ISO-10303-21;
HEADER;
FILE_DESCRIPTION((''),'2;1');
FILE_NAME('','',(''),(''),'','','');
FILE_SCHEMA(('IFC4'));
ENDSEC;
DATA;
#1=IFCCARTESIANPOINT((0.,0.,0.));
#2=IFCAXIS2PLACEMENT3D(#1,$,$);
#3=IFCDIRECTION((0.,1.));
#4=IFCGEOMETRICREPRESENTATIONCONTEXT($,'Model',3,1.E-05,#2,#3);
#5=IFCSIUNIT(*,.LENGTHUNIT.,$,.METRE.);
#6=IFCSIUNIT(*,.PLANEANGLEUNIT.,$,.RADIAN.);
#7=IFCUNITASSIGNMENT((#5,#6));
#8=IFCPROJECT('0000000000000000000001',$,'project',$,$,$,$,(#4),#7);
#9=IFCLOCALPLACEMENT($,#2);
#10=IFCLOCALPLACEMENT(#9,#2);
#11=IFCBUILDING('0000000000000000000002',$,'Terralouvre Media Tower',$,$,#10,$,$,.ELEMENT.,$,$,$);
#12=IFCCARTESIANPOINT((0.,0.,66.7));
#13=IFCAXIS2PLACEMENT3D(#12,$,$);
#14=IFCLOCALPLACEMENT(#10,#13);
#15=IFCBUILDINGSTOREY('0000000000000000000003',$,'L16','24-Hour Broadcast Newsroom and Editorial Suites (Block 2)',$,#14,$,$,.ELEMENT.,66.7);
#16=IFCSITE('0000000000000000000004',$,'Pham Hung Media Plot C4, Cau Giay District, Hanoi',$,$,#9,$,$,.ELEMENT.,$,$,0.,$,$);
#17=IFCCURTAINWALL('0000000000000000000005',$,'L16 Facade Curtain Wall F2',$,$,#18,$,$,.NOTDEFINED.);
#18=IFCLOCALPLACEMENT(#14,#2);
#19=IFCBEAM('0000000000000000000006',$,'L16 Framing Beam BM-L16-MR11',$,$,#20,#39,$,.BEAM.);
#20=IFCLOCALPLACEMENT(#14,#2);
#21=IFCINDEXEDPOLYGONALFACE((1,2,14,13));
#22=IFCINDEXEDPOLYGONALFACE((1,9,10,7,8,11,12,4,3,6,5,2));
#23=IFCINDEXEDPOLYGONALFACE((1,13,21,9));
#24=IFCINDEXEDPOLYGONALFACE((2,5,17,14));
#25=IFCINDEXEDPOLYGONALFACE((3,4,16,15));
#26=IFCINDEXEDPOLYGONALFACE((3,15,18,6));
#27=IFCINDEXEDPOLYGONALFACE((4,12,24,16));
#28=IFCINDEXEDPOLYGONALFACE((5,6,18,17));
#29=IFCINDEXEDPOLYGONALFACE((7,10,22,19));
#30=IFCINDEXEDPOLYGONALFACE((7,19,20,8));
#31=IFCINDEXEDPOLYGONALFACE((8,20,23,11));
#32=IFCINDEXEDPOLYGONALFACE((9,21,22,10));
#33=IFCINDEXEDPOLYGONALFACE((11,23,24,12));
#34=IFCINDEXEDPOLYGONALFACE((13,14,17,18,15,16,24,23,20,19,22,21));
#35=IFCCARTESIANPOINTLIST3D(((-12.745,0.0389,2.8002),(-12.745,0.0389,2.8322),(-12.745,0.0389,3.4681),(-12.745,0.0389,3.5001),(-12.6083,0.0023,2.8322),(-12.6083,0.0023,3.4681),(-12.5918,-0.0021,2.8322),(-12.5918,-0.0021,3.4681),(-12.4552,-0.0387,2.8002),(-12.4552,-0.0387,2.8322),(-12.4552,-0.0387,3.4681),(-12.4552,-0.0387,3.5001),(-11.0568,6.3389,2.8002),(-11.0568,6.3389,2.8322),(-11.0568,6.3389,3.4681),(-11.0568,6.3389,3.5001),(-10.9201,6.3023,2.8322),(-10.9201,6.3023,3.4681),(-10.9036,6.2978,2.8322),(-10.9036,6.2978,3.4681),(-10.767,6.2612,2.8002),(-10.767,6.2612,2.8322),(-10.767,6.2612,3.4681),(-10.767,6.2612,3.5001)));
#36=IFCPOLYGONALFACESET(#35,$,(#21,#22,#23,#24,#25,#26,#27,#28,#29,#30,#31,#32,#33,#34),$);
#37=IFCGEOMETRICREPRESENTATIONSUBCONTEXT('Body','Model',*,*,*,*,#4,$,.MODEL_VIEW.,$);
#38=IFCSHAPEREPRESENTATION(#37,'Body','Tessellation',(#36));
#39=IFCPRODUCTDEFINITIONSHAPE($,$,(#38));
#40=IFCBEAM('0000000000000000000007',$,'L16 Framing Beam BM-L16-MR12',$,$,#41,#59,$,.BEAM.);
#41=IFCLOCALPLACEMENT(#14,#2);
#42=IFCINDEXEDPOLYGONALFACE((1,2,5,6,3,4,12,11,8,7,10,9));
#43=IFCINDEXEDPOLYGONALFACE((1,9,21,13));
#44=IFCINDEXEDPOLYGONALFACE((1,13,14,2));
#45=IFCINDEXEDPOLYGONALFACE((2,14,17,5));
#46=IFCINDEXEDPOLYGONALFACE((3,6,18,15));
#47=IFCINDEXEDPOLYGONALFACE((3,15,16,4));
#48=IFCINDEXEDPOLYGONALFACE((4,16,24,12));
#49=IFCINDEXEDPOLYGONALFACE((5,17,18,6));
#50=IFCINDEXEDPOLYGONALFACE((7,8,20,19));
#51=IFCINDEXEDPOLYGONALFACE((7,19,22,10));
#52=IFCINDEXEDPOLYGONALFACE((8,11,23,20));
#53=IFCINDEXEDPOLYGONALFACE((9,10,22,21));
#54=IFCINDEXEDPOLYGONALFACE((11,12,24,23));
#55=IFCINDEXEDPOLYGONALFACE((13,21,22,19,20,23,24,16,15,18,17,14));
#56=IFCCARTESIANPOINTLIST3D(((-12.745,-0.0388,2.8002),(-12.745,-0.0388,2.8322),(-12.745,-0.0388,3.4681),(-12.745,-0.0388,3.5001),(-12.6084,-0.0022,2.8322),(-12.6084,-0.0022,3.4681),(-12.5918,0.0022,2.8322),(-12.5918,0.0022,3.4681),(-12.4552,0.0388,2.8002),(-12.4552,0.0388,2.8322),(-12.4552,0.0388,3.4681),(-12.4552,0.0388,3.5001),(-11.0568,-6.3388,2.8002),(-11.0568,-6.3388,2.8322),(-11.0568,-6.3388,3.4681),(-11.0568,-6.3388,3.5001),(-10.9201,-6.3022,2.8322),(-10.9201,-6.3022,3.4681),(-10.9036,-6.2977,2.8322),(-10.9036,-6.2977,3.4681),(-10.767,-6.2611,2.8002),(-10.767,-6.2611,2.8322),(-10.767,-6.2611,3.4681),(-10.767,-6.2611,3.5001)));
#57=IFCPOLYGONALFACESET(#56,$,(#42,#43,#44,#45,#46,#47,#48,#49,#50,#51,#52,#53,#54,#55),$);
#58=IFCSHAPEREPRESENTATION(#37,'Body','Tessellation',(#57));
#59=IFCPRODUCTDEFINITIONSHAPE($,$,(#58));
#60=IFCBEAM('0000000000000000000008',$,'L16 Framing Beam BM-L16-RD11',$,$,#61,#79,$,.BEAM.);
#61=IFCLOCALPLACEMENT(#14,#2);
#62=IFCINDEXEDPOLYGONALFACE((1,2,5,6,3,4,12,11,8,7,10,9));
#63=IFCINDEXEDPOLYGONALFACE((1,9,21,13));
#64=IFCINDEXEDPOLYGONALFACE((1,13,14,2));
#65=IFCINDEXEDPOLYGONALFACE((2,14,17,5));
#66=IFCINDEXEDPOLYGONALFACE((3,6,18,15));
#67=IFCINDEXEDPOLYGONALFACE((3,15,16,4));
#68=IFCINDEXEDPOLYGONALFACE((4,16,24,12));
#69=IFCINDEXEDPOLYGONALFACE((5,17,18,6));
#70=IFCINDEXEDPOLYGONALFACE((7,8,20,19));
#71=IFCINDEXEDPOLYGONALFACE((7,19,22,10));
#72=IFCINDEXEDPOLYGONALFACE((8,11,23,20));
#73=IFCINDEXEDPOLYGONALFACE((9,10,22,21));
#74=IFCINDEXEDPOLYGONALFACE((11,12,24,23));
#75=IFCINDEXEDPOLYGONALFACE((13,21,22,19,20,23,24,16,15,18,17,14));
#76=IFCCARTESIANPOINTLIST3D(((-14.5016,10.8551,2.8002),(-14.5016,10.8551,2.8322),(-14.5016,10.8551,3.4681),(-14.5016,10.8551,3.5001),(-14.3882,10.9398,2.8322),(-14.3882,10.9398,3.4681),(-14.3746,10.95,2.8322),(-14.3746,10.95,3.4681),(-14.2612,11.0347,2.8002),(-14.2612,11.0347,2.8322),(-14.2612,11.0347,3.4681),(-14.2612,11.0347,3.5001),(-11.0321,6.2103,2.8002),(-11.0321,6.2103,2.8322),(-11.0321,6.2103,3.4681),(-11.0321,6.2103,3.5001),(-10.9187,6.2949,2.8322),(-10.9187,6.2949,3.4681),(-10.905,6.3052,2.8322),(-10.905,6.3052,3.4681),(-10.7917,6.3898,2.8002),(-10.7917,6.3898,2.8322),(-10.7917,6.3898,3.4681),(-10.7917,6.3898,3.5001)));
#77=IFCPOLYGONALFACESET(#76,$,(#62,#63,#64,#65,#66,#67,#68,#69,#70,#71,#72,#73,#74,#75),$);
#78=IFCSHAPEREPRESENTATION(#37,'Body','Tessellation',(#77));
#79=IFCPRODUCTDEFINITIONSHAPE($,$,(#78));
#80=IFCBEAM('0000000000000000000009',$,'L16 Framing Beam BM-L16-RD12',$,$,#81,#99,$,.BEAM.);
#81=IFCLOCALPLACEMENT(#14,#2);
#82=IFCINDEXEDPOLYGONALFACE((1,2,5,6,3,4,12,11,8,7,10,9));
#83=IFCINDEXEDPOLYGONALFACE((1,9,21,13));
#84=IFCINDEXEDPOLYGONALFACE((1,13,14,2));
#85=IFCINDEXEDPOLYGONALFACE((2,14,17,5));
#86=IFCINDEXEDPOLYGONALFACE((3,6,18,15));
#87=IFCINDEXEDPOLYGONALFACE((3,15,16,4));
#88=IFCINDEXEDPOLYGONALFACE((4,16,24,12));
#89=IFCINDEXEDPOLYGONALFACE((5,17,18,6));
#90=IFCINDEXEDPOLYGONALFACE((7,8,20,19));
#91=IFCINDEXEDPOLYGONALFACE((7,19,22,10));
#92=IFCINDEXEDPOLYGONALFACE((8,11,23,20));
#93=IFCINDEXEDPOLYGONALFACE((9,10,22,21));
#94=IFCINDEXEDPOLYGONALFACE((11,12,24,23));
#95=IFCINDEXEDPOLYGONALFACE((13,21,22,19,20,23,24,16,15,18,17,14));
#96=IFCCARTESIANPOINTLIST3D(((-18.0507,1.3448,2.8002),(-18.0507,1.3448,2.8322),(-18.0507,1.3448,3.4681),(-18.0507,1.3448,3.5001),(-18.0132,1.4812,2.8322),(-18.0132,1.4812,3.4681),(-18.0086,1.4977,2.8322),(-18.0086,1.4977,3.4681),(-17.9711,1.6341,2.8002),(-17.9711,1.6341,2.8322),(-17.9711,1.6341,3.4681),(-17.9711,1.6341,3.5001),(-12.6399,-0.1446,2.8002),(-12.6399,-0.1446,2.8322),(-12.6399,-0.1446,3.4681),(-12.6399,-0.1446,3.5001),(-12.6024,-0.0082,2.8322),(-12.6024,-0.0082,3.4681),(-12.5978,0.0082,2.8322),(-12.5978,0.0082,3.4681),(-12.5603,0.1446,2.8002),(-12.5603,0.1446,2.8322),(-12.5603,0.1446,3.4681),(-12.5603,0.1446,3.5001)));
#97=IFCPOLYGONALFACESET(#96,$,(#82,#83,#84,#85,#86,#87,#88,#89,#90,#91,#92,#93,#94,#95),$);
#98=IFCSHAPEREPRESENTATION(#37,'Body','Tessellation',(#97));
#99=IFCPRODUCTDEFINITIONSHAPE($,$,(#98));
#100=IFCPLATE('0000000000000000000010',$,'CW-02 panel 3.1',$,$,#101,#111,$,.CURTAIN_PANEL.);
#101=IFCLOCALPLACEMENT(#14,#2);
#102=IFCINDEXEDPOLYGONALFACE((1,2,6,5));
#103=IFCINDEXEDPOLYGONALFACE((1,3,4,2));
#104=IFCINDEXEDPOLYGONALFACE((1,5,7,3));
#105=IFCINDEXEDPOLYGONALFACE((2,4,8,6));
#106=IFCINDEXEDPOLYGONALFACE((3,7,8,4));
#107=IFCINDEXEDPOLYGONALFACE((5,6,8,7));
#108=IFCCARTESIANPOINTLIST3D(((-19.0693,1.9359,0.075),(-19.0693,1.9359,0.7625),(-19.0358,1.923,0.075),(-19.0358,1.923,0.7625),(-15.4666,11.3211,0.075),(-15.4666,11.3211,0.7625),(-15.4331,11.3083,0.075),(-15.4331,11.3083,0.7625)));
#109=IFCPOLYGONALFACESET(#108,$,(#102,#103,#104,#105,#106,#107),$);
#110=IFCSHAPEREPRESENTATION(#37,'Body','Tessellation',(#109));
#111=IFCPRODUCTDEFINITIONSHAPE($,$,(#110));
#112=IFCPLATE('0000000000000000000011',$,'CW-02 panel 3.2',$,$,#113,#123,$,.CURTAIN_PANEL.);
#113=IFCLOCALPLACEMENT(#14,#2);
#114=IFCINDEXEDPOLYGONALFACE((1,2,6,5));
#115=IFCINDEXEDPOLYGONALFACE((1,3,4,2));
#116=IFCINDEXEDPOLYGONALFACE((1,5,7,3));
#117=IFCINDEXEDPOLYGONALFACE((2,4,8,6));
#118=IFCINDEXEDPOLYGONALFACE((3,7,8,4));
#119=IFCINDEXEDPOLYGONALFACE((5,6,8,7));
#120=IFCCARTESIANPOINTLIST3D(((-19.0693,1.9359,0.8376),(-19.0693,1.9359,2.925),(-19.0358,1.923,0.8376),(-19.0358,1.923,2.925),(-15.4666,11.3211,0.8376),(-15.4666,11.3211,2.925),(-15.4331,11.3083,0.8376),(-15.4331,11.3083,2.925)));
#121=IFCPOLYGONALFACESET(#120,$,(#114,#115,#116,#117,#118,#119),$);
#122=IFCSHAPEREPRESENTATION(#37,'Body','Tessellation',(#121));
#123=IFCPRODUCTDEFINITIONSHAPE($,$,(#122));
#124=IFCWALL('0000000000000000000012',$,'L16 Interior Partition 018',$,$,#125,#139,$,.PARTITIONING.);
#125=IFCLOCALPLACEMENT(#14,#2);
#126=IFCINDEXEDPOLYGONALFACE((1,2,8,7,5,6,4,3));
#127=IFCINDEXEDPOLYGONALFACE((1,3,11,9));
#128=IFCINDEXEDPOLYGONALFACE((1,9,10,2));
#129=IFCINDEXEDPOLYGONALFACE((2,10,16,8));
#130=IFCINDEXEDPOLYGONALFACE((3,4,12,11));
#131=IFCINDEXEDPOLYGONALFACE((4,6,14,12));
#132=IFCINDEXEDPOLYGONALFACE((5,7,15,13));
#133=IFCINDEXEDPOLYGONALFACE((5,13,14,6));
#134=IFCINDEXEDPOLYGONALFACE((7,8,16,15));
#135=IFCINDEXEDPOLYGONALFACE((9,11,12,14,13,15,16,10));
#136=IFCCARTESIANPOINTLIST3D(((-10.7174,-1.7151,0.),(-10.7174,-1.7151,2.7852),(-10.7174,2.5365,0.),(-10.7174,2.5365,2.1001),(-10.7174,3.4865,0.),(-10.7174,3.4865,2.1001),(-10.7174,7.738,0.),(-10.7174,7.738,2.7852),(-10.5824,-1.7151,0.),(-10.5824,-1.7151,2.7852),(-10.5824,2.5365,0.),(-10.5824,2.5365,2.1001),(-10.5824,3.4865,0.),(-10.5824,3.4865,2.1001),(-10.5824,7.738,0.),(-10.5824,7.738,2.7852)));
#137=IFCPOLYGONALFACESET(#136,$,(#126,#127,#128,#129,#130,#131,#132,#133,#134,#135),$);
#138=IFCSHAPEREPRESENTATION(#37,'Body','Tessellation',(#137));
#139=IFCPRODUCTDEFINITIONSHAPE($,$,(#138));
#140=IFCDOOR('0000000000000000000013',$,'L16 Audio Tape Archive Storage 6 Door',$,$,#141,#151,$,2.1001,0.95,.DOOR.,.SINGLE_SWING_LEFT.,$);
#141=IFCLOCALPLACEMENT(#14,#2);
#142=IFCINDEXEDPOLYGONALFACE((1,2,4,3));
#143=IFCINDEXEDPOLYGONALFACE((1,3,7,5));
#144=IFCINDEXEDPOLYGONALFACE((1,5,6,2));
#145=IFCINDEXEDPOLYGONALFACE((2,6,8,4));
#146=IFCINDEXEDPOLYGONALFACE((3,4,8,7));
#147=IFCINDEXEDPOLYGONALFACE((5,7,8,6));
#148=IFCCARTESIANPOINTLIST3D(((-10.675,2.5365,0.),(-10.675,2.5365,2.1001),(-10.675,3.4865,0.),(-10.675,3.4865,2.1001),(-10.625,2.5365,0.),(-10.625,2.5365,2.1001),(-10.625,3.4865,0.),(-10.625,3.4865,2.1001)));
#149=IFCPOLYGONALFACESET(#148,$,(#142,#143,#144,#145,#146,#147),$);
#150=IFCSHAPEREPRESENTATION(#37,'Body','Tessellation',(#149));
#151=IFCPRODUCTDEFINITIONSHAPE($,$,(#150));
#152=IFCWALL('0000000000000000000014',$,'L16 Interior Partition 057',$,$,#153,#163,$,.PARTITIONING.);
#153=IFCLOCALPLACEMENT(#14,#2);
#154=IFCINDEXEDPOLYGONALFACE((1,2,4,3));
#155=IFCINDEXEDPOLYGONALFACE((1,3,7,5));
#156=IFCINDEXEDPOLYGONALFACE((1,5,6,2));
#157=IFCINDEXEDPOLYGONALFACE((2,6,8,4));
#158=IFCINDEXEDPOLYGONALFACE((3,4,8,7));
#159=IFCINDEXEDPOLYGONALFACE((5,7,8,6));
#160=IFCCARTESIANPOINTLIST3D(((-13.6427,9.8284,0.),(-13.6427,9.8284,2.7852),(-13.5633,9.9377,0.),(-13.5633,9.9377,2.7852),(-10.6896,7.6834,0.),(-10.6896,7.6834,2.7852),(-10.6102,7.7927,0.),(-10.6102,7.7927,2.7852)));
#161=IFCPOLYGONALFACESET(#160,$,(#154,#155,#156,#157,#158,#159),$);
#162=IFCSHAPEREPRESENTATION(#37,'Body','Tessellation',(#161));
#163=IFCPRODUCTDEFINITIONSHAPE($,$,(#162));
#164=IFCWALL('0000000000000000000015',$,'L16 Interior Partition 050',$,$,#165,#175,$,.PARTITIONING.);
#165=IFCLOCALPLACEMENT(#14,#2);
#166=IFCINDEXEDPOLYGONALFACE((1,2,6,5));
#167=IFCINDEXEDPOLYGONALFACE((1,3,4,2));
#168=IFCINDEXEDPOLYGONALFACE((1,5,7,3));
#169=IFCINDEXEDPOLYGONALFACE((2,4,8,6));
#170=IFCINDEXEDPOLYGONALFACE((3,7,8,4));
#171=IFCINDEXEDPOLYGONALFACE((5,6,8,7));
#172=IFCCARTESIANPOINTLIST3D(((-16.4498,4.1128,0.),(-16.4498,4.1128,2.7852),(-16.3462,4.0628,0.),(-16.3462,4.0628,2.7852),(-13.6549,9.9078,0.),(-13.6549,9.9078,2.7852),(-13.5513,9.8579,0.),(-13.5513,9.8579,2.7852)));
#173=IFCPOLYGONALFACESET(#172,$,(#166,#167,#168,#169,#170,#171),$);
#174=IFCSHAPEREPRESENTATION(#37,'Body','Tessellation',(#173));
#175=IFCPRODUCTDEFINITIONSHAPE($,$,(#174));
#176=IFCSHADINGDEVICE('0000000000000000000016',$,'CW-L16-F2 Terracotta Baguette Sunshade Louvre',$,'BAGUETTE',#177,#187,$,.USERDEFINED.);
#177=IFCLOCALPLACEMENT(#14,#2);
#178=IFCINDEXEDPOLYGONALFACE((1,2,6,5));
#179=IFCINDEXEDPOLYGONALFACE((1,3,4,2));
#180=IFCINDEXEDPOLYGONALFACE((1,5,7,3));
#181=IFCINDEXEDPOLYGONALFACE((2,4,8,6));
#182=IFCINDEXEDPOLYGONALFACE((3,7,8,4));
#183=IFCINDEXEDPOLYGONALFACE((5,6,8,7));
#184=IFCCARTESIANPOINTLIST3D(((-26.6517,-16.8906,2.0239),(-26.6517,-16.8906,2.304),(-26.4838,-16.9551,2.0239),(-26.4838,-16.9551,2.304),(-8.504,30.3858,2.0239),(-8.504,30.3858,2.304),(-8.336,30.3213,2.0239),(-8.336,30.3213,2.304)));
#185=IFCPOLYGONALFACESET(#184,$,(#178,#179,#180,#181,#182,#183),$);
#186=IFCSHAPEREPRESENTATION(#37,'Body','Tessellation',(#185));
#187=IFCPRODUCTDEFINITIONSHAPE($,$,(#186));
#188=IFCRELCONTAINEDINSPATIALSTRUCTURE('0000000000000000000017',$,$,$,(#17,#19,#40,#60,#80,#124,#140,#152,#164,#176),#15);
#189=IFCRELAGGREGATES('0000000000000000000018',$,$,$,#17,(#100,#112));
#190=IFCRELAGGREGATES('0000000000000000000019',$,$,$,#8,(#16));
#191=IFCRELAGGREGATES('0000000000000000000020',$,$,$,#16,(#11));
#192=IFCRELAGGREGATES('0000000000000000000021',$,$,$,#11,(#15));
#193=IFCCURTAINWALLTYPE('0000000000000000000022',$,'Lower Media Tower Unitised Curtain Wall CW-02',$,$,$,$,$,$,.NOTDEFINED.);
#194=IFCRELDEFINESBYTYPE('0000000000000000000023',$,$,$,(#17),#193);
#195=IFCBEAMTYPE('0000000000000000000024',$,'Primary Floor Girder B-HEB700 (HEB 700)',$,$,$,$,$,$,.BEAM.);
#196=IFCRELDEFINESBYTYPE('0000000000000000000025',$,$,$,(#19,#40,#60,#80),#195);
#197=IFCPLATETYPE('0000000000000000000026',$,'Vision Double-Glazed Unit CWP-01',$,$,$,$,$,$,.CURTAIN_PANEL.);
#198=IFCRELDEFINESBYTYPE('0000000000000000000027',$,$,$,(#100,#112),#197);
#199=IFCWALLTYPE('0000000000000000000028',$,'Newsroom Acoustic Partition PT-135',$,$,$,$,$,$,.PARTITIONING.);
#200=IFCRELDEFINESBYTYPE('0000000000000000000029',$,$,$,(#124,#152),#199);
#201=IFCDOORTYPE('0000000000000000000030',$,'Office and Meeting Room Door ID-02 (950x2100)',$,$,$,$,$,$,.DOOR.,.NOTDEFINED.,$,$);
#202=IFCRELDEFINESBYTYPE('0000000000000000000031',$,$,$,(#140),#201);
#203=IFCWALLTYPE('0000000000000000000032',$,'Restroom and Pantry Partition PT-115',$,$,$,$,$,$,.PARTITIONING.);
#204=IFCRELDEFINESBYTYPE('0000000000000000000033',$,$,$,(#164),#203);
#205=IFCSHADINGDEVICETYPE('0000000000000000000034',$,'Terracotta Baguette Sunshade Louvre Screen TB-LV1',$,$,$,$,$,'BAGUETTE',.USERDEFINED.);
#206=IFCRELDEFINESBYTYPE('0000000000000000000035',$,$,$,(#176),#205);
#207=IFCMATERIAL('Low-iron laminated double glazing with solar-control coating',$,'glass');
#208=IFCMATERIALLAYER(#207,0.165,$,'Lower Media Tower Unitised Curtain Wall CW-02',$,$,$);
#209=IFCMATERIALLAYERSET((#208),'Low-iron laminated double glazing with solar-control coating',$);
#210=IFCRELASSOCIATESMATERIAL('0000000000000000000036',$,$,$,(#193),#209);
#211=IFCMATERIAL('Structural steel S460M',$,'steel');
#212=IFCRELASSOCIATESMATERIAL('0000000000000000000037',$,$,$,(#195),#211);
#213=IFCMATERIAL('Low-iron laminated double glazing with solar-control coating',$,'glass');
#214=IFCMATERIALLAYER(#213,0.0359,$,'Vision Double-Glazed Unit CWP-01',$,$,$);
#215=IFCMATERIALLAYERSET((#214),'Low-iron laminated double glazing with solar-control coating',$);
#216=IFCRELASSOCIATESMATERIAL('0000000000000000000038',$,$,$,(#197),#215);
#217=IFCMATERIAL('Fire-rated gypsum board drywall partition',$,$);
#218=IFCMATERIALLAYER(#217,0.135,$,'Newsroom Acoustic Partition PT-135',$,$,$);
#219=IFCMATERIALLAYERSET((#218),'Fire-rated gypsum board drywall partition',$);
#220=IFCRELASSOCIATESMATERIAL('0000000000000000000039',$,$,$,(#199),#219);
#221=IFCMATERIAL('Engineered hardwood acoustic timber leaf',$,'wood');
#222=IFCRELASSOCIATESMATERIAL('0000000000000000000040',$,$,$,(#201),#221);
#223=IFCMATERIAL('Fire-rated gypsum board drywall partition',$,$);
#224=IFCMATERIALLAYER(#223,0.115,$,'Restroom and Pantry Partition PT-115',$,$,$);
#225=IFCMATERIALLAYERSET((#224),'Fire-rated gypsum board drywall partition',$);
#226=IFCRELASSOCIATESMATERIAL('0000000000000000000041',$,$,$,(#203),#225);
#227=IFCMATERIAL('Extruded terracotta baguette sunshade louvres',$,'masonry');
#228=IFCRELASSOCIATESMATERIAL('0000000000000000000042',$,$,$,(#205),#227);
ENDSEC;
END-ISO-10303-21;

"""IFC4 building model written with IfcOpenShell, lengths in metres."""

from ifc_helpers import new_model, si_unit, direction, frame, frame_2d, origin, origin_2d, place, context, subcontext, project, spatial, rectangle, i_section, extrude, material, layer, layer_set, material_profile, profile_set, type_object, element, fill, aggregate, save


model = new_model("IFC4")

# Units and contexts
model_context = context("Model", 3, precision=1e-05, world=origin(), true_north=direction((0.0, 1.0)))
body_context = subcontext(model_context, "Body", "Model", "MODEL_VIEW")
ifc_project = project(units=[si_unit("LENGTHUNIT", "METRE"), si_unit("PLANEANGLEUNIT", "RADIAN")], contexts=[model_context])

# Site, building, storey
site_placement = place(None, origin())
site = spatial("IfcSite", under=ifc_project, at=site_placement, Name="Pham Hung Media Plot C4, Cau Giay District, Hanoi", CompositionType="ELEMENT", RefElevation=0.0)
building_placement = place(site_placement, origin())
building = spatial("IfcBuilding", under=site, at=building_placement, Name="Terralouvre Media Tower", CompositionType="ELEMENT")
storey_placement = place(building_placement, frame((0.0, 0.0, 66.7)))
storey = spatial("IfcBuildingStorey", under=building, at=storey_placement, Name="L16", Description="24-Hour Broadcast Newsroom and Editorial Suites (Block 2)", CompositionType="ELEMENT", Elevation=66.7)

# Curtain wall
ifc_material_1 = material(Name="Low-iron laminated double glazing with solar-control coating", Category="glass")
ifc_layer_1 = layer(ifc_material_1, 0.165, Name="Lower Media Tower Unitised Curtain Wall CW-02")
ifc_layer_set_1 = layer_set([ifc_layer_1], Name="Low-iron laminated double glazing with solar-control coating")
curtain_wall_type = type_object("IfcCurtainWallType", Name="Lower Media Tower Unitised Curtain Wall CW-02", PredefinedType="NOTDEFINED", material=ifc_layer_set_1)
curtain_wall_placement = place(storey_placement, origin())
curtain_wall = element("IfcCurtainWall", 1, at=curtain_wall_placement, inside=storey, type_object=curtain_wall_type, Name="L16 Facade Curtain Wall F2", PredefinedType="NOTDEFINED")

# Beams
ifc_material_2 = material(Name="Structural steel S460M", Category="steel")
ifc_material_profile_1 = material_profile(ifc_material_2, i_section(OverallWidth=0.3, OverallDepth=0.7, WebThickness=0.0171, FlangeThickness=0.032, at=origin_2d()), Name="HEB 700")
ifc_profile_set_1 = profile_set([ifc_material_profile_1], Name="Structural steel S460M")
beam_type_1 = type_object("IfcBeamType", Name="Primary Floor Girder B-HEB700 (HEB 700)", PredefinedType="BEAM", material=ifc_profile_set_1)
for number, where, z_axis, x_axis, name in (
    (2, (-10.9119, 6.3, 3.1501), (-0.258839, -0.96592, 0.0), (0.96592, -0.258839, 0.0), "L16 Framing Beam BM-L16-MR11"),
    (3, (-12.6001, 0.0, 3.1501), (0.258839, -0.96592, 0.0), (0.96592, 0.258839, 0.0), "L16 Framing Beam BM-L16-MR12"),
):
    element("IfcBeam", number, at=place(storey_placement, frame(where, z_axis=z_axis, x_axis=x_axis)), inside=storey, type_object=beam_type_1, Name=name, PredefinedType="BEAM", context=body_context, shape_type="SweptSolid", body=[
        extrude(i_section(OverallWidth=0.3, OverallDepth=0.7, WebThickness=0.0171, FlangeThickness=0.032, at=origin_2d()), origin(), (0.0, 0.0, 1.0), 6.5222),
    ])
beam_1_placement = place(storey_placement, frame((-10.9119, 6.3, 3.1501), z_axis=(-0.598442, 0.801166, 0.0), x_axis=(-0.801166, -0.598442, 0.0)))
element("IfcBeam", 4, at=beam_1_placement, inside=storey, type_object=beam_type_1, Name="L16 Framing Beam BM-L16-RD11", PredefinedType="BEAM", context=body_context, shape_type="SweptSolid", body=[
    extrude(i_section(OverallWidth=0.3, OverallDepth=0.7, WebThickness=0.0171, FlangeThickness=0.032, at=origin_2d()), origin(), (0.0, 0.0, 1.0), 5.7976),
])
beam_2_placement = place(storey_placement, frame((-12.6001, 0.0, 3.1501), z_axis=(-0.964137, 0.265406, 0.0), x_axis=(-0.265406, -0.964137, 0.0)))
element("IfcBeam", 5, at=beam_2_placement, inside=storey, type_object=beam_type_1, Name="L16 Framing Beam BM-L16-RD12", PredefinedType="BEAM", context=body_context, shape_type="SweptSolid", body=[
    extrude(i_section(OverallWidth=0.3, OverallDepth=0.7, WebThickness=0.0171, FlangeThickness=0.032, at=origin_2d()), origin(), (0.0, 0.0, 1.0), 5.6121),
])

# Plates
ifc_material_3 = material(Name="Low-iron laminated double glazing with solar-control coating", Category="glass")
ifc_layer_2 = layer(ifc_material_3, 0.0359, Name="Vision Double-Glazed Unit CWP-01")
ifc_layer_set_2 = layer_set([ifc_layer_2], Name="Low-iron laminated double glazing with solar-control coating")
plate_type = type_object("IfcPlateType", Name="Vision Double-Glazed Unit CWP-01", PredefinedType="CURTAIN_PANEL", material=ifc_layer_set_2)
plate_1_placement = place(storey_placement, frame((-17.2512, 6.6221, 0.075), z_axis=(0.0, 0.0, 1.0), x_axis=(-0.358368, -0.93358, 0.0)))
plate_1 = element("IfcPlate", 6, at=plate_1_placement, type_object=plate_type, Name="CW-02 panel 3.1", PredefinedType="CURTAIN_PANEL", context=body_context, shape_type="SweptSolid", body=[
    extrude(rectangle(XDim=10.053, YDim=0.0359, at=origin_2d()), origin(), (0.0, 0.0, 1.0), 0.6875),
])
plate_2_placement = place(storey_placement, frame((-17.2512, 6.6221, 0.8376), z_axis=(0.0, 0.0, 1.0), x_axis=(-0.358368, -0.93358, 0.0)))
plate_2 = element("IfcPlate", 7, at=plate_2_placement, type_object=plate_type, Name="CW-02 panel 3.2", PredefinedType="CURTAIN_PANEL", context=body_context, shape_type="SweptSolid", body=[
    extrude(rectangle(XDim=10.053, YDim=0.0359, at=origin_2d()), origin(), (0.0, 0.0, 1.0), 2.0874),
])
aggregate(curtain_wall, [plate_1, plate_2])

# Wall, opening, door
ifc_material_4 = material(Name="Fire-rated gypsum board drywall partition")
ifc_layer_3 = layer(ifc_material_4, 0.135, Name="Newsroom Acoustic Partition PT-135")
ifc_layer_set_3 = layer_set([ifc_layer_3], Name="Fire-rated gypsum board drywall partition")
wall_type_1 = type_object("IfcWallType", Name="Newsroom Acoustic Partition PT-135", PredefinedType="PARTITIONING", material=ifc_layer_set_3)
wall_1_placement = place(storey_placement, frame((-10.6499, 7.738, 0.0), z_axis=(0.0, 0.0, 1.0), x_axis=(0.0, -1.0, 0.0)))
wall_1 = element("IfcWall", 8, at=wall_1_placement, inside=storey, type_object=wall_type_1, Name="L16 Interior Partition 018", PredefinedType="PARTITIONING", context=body_context, shape_type="SweptSolid", body=[
    extrude(rectangle(XDim=9.4531, YDim=0.135, at=frame_2d((4.7266, 0.0))), origin(), (0.0, 0.0, 1.0), 2.7852),
])
opening_placement = place(wall_1_placement, frame((4.2515, 0.0, 0.0)))
opening = element("IfcOpeningElement", 9, at=opening_placement, cuts=wall_1, PredefinedType="OPENING", context=body_context, shape_type="SweptSolid", body=[
    extrude(rectangle(XDim=0.95, YDim=2.1001, at=frame_2d((0.4751, 1.05))), frame((0.0, 0.0774, 0.0), z_axis=(0.0, -1.0, 0.0), x_axis=(1.0, 0.0, 0.0)), (0.0, 0.0, 1.0), 0.155),
])
ifc_material_5 = material(Name="Engineered hardwood acoustic timber leaf", Category="wood")
door_type = type_object("IfcDoorType", Name="Office and Meeting Room Door ID-02 (950x2100)", OperationType="NOTDEFINED", PredefinedType="DOOR", material=ifc_material_5)
door_placement = place(opening_placement, origin())
door = element("IfcDoor", 10, at=door_placement, inside=storey, type_object=door_type, Name="L16 Audio Tape Archive Storage 6 Door", OperationType="SINGLE_SWING_LEFT", OverallHeight=2.1001, OverallWidth=0.95, PredefinedType="DOOR", context=body_context, shape_type="SweptSolid", body=[
    extrude(rectangle(XDim=0.95, YDim=2.1001, at=frame_2d((0.4751, 1.05))), frame((0.0, 0.0249, 0.0), z_axis=(0.0, -1.0, 0.0), x_axis=(1.0, 0.0, 0.0)), (0.0, 0.0, 1.0), 0.05),
])
fill(opening, door)

# Walls
wall_2_placement = place(storey_placement, frame((-10.6499, 7.738, 0.0), z_axis=(0.0, 0.0, 1.0), x_axis=(-0.809089, 0.587686, 0.0)))
element("IfcWall", 11, at=wall_2_placement, inside=storey, type_object=wall_type_1, Name="L16 Interior Partition 057", PredefinedType="PARTITIONING", context=body_context, shape_type="SweptSolid", body=[
    extrude(rectangle(XDim=3.6499, YDim=0.135, at=frame_2d((1.825, 0.0))), origin(), (0.0, 0.0, 1.0), 2.7852),
])
ifc_material_6 = material(Name="Fire-rated gypsum board drywall partition")
ifc_layer_4 = layer(ifc_material_6, 0.115, Name="Restroom and Pantry Partition PT-115")
ifc_layer_set_4 = layer_set([ifc_layer_4], Name="Fire-rated gypsum board drywall partition")
wall_type_2 = type_object("IfcWallType", Name="Restroom and Pantry Partition PT-115", PredefinedType="PARTITIONING", material=ifc_layer_set_4)
wall_3_placement = place(storey_placement, frame((-16.3979, 4.0879, 0.0), z_axis=(0.0, 0.0, 1.0), x_axis=(0.434403, 0.900719, 0.0)))
element("IfcWall", 12, at=wall_3_placement, inside=storey, type_object=wall_type_2, Name="L16 Interior Partition 050", PredefinedType="PARTITIONING", context=body_context, shape_type="SweptSolid", body=[
    extrude(rectangle(XDim=6.4338, YDim=0.115, at=frame_2d((3.2168, 0.0))), origin(), (0.0, 0.0, 1.0), 2.7852),
])

# Shading device
ifc_material_7 = material(Name="Extruded terracotta baguette sunshade louvres", Category="masonry")
shading_device_type = type_object("IfcShadingDeviceType", Name="Terracotta Baguette Sunshade Louvre Screen TB-LV1", ElementType="BAGUETTE", PredefinedType="USERDEFINED", material=ifc_material_7)
shading_device_placement = place(storey_placement, frame((-17.4939, 6.7153, 2.0239), z_axis=(0.0, 0.0, 1.0), x_axis=(-0.358368, -0.93358, 0.0)))
element("IfcShadingDevice", 13, at=shading_device_placement, inside=storey, type_object=shading_device_type, Name="CW-L16-F2 Terracotta Baguette Sunshade Louvre", ObjectType="BAGUETTE", PredefinedType="USERDEFINED", context=body_context, shape_type="SweptSolid", body=[
    extrude(rectangle(XDim=50.6399, YDim=0.1799, at=origin_2d()), origin(), (0.0, 0.0, 1.0), 0.28),
])

save(model, "model.ifc")
